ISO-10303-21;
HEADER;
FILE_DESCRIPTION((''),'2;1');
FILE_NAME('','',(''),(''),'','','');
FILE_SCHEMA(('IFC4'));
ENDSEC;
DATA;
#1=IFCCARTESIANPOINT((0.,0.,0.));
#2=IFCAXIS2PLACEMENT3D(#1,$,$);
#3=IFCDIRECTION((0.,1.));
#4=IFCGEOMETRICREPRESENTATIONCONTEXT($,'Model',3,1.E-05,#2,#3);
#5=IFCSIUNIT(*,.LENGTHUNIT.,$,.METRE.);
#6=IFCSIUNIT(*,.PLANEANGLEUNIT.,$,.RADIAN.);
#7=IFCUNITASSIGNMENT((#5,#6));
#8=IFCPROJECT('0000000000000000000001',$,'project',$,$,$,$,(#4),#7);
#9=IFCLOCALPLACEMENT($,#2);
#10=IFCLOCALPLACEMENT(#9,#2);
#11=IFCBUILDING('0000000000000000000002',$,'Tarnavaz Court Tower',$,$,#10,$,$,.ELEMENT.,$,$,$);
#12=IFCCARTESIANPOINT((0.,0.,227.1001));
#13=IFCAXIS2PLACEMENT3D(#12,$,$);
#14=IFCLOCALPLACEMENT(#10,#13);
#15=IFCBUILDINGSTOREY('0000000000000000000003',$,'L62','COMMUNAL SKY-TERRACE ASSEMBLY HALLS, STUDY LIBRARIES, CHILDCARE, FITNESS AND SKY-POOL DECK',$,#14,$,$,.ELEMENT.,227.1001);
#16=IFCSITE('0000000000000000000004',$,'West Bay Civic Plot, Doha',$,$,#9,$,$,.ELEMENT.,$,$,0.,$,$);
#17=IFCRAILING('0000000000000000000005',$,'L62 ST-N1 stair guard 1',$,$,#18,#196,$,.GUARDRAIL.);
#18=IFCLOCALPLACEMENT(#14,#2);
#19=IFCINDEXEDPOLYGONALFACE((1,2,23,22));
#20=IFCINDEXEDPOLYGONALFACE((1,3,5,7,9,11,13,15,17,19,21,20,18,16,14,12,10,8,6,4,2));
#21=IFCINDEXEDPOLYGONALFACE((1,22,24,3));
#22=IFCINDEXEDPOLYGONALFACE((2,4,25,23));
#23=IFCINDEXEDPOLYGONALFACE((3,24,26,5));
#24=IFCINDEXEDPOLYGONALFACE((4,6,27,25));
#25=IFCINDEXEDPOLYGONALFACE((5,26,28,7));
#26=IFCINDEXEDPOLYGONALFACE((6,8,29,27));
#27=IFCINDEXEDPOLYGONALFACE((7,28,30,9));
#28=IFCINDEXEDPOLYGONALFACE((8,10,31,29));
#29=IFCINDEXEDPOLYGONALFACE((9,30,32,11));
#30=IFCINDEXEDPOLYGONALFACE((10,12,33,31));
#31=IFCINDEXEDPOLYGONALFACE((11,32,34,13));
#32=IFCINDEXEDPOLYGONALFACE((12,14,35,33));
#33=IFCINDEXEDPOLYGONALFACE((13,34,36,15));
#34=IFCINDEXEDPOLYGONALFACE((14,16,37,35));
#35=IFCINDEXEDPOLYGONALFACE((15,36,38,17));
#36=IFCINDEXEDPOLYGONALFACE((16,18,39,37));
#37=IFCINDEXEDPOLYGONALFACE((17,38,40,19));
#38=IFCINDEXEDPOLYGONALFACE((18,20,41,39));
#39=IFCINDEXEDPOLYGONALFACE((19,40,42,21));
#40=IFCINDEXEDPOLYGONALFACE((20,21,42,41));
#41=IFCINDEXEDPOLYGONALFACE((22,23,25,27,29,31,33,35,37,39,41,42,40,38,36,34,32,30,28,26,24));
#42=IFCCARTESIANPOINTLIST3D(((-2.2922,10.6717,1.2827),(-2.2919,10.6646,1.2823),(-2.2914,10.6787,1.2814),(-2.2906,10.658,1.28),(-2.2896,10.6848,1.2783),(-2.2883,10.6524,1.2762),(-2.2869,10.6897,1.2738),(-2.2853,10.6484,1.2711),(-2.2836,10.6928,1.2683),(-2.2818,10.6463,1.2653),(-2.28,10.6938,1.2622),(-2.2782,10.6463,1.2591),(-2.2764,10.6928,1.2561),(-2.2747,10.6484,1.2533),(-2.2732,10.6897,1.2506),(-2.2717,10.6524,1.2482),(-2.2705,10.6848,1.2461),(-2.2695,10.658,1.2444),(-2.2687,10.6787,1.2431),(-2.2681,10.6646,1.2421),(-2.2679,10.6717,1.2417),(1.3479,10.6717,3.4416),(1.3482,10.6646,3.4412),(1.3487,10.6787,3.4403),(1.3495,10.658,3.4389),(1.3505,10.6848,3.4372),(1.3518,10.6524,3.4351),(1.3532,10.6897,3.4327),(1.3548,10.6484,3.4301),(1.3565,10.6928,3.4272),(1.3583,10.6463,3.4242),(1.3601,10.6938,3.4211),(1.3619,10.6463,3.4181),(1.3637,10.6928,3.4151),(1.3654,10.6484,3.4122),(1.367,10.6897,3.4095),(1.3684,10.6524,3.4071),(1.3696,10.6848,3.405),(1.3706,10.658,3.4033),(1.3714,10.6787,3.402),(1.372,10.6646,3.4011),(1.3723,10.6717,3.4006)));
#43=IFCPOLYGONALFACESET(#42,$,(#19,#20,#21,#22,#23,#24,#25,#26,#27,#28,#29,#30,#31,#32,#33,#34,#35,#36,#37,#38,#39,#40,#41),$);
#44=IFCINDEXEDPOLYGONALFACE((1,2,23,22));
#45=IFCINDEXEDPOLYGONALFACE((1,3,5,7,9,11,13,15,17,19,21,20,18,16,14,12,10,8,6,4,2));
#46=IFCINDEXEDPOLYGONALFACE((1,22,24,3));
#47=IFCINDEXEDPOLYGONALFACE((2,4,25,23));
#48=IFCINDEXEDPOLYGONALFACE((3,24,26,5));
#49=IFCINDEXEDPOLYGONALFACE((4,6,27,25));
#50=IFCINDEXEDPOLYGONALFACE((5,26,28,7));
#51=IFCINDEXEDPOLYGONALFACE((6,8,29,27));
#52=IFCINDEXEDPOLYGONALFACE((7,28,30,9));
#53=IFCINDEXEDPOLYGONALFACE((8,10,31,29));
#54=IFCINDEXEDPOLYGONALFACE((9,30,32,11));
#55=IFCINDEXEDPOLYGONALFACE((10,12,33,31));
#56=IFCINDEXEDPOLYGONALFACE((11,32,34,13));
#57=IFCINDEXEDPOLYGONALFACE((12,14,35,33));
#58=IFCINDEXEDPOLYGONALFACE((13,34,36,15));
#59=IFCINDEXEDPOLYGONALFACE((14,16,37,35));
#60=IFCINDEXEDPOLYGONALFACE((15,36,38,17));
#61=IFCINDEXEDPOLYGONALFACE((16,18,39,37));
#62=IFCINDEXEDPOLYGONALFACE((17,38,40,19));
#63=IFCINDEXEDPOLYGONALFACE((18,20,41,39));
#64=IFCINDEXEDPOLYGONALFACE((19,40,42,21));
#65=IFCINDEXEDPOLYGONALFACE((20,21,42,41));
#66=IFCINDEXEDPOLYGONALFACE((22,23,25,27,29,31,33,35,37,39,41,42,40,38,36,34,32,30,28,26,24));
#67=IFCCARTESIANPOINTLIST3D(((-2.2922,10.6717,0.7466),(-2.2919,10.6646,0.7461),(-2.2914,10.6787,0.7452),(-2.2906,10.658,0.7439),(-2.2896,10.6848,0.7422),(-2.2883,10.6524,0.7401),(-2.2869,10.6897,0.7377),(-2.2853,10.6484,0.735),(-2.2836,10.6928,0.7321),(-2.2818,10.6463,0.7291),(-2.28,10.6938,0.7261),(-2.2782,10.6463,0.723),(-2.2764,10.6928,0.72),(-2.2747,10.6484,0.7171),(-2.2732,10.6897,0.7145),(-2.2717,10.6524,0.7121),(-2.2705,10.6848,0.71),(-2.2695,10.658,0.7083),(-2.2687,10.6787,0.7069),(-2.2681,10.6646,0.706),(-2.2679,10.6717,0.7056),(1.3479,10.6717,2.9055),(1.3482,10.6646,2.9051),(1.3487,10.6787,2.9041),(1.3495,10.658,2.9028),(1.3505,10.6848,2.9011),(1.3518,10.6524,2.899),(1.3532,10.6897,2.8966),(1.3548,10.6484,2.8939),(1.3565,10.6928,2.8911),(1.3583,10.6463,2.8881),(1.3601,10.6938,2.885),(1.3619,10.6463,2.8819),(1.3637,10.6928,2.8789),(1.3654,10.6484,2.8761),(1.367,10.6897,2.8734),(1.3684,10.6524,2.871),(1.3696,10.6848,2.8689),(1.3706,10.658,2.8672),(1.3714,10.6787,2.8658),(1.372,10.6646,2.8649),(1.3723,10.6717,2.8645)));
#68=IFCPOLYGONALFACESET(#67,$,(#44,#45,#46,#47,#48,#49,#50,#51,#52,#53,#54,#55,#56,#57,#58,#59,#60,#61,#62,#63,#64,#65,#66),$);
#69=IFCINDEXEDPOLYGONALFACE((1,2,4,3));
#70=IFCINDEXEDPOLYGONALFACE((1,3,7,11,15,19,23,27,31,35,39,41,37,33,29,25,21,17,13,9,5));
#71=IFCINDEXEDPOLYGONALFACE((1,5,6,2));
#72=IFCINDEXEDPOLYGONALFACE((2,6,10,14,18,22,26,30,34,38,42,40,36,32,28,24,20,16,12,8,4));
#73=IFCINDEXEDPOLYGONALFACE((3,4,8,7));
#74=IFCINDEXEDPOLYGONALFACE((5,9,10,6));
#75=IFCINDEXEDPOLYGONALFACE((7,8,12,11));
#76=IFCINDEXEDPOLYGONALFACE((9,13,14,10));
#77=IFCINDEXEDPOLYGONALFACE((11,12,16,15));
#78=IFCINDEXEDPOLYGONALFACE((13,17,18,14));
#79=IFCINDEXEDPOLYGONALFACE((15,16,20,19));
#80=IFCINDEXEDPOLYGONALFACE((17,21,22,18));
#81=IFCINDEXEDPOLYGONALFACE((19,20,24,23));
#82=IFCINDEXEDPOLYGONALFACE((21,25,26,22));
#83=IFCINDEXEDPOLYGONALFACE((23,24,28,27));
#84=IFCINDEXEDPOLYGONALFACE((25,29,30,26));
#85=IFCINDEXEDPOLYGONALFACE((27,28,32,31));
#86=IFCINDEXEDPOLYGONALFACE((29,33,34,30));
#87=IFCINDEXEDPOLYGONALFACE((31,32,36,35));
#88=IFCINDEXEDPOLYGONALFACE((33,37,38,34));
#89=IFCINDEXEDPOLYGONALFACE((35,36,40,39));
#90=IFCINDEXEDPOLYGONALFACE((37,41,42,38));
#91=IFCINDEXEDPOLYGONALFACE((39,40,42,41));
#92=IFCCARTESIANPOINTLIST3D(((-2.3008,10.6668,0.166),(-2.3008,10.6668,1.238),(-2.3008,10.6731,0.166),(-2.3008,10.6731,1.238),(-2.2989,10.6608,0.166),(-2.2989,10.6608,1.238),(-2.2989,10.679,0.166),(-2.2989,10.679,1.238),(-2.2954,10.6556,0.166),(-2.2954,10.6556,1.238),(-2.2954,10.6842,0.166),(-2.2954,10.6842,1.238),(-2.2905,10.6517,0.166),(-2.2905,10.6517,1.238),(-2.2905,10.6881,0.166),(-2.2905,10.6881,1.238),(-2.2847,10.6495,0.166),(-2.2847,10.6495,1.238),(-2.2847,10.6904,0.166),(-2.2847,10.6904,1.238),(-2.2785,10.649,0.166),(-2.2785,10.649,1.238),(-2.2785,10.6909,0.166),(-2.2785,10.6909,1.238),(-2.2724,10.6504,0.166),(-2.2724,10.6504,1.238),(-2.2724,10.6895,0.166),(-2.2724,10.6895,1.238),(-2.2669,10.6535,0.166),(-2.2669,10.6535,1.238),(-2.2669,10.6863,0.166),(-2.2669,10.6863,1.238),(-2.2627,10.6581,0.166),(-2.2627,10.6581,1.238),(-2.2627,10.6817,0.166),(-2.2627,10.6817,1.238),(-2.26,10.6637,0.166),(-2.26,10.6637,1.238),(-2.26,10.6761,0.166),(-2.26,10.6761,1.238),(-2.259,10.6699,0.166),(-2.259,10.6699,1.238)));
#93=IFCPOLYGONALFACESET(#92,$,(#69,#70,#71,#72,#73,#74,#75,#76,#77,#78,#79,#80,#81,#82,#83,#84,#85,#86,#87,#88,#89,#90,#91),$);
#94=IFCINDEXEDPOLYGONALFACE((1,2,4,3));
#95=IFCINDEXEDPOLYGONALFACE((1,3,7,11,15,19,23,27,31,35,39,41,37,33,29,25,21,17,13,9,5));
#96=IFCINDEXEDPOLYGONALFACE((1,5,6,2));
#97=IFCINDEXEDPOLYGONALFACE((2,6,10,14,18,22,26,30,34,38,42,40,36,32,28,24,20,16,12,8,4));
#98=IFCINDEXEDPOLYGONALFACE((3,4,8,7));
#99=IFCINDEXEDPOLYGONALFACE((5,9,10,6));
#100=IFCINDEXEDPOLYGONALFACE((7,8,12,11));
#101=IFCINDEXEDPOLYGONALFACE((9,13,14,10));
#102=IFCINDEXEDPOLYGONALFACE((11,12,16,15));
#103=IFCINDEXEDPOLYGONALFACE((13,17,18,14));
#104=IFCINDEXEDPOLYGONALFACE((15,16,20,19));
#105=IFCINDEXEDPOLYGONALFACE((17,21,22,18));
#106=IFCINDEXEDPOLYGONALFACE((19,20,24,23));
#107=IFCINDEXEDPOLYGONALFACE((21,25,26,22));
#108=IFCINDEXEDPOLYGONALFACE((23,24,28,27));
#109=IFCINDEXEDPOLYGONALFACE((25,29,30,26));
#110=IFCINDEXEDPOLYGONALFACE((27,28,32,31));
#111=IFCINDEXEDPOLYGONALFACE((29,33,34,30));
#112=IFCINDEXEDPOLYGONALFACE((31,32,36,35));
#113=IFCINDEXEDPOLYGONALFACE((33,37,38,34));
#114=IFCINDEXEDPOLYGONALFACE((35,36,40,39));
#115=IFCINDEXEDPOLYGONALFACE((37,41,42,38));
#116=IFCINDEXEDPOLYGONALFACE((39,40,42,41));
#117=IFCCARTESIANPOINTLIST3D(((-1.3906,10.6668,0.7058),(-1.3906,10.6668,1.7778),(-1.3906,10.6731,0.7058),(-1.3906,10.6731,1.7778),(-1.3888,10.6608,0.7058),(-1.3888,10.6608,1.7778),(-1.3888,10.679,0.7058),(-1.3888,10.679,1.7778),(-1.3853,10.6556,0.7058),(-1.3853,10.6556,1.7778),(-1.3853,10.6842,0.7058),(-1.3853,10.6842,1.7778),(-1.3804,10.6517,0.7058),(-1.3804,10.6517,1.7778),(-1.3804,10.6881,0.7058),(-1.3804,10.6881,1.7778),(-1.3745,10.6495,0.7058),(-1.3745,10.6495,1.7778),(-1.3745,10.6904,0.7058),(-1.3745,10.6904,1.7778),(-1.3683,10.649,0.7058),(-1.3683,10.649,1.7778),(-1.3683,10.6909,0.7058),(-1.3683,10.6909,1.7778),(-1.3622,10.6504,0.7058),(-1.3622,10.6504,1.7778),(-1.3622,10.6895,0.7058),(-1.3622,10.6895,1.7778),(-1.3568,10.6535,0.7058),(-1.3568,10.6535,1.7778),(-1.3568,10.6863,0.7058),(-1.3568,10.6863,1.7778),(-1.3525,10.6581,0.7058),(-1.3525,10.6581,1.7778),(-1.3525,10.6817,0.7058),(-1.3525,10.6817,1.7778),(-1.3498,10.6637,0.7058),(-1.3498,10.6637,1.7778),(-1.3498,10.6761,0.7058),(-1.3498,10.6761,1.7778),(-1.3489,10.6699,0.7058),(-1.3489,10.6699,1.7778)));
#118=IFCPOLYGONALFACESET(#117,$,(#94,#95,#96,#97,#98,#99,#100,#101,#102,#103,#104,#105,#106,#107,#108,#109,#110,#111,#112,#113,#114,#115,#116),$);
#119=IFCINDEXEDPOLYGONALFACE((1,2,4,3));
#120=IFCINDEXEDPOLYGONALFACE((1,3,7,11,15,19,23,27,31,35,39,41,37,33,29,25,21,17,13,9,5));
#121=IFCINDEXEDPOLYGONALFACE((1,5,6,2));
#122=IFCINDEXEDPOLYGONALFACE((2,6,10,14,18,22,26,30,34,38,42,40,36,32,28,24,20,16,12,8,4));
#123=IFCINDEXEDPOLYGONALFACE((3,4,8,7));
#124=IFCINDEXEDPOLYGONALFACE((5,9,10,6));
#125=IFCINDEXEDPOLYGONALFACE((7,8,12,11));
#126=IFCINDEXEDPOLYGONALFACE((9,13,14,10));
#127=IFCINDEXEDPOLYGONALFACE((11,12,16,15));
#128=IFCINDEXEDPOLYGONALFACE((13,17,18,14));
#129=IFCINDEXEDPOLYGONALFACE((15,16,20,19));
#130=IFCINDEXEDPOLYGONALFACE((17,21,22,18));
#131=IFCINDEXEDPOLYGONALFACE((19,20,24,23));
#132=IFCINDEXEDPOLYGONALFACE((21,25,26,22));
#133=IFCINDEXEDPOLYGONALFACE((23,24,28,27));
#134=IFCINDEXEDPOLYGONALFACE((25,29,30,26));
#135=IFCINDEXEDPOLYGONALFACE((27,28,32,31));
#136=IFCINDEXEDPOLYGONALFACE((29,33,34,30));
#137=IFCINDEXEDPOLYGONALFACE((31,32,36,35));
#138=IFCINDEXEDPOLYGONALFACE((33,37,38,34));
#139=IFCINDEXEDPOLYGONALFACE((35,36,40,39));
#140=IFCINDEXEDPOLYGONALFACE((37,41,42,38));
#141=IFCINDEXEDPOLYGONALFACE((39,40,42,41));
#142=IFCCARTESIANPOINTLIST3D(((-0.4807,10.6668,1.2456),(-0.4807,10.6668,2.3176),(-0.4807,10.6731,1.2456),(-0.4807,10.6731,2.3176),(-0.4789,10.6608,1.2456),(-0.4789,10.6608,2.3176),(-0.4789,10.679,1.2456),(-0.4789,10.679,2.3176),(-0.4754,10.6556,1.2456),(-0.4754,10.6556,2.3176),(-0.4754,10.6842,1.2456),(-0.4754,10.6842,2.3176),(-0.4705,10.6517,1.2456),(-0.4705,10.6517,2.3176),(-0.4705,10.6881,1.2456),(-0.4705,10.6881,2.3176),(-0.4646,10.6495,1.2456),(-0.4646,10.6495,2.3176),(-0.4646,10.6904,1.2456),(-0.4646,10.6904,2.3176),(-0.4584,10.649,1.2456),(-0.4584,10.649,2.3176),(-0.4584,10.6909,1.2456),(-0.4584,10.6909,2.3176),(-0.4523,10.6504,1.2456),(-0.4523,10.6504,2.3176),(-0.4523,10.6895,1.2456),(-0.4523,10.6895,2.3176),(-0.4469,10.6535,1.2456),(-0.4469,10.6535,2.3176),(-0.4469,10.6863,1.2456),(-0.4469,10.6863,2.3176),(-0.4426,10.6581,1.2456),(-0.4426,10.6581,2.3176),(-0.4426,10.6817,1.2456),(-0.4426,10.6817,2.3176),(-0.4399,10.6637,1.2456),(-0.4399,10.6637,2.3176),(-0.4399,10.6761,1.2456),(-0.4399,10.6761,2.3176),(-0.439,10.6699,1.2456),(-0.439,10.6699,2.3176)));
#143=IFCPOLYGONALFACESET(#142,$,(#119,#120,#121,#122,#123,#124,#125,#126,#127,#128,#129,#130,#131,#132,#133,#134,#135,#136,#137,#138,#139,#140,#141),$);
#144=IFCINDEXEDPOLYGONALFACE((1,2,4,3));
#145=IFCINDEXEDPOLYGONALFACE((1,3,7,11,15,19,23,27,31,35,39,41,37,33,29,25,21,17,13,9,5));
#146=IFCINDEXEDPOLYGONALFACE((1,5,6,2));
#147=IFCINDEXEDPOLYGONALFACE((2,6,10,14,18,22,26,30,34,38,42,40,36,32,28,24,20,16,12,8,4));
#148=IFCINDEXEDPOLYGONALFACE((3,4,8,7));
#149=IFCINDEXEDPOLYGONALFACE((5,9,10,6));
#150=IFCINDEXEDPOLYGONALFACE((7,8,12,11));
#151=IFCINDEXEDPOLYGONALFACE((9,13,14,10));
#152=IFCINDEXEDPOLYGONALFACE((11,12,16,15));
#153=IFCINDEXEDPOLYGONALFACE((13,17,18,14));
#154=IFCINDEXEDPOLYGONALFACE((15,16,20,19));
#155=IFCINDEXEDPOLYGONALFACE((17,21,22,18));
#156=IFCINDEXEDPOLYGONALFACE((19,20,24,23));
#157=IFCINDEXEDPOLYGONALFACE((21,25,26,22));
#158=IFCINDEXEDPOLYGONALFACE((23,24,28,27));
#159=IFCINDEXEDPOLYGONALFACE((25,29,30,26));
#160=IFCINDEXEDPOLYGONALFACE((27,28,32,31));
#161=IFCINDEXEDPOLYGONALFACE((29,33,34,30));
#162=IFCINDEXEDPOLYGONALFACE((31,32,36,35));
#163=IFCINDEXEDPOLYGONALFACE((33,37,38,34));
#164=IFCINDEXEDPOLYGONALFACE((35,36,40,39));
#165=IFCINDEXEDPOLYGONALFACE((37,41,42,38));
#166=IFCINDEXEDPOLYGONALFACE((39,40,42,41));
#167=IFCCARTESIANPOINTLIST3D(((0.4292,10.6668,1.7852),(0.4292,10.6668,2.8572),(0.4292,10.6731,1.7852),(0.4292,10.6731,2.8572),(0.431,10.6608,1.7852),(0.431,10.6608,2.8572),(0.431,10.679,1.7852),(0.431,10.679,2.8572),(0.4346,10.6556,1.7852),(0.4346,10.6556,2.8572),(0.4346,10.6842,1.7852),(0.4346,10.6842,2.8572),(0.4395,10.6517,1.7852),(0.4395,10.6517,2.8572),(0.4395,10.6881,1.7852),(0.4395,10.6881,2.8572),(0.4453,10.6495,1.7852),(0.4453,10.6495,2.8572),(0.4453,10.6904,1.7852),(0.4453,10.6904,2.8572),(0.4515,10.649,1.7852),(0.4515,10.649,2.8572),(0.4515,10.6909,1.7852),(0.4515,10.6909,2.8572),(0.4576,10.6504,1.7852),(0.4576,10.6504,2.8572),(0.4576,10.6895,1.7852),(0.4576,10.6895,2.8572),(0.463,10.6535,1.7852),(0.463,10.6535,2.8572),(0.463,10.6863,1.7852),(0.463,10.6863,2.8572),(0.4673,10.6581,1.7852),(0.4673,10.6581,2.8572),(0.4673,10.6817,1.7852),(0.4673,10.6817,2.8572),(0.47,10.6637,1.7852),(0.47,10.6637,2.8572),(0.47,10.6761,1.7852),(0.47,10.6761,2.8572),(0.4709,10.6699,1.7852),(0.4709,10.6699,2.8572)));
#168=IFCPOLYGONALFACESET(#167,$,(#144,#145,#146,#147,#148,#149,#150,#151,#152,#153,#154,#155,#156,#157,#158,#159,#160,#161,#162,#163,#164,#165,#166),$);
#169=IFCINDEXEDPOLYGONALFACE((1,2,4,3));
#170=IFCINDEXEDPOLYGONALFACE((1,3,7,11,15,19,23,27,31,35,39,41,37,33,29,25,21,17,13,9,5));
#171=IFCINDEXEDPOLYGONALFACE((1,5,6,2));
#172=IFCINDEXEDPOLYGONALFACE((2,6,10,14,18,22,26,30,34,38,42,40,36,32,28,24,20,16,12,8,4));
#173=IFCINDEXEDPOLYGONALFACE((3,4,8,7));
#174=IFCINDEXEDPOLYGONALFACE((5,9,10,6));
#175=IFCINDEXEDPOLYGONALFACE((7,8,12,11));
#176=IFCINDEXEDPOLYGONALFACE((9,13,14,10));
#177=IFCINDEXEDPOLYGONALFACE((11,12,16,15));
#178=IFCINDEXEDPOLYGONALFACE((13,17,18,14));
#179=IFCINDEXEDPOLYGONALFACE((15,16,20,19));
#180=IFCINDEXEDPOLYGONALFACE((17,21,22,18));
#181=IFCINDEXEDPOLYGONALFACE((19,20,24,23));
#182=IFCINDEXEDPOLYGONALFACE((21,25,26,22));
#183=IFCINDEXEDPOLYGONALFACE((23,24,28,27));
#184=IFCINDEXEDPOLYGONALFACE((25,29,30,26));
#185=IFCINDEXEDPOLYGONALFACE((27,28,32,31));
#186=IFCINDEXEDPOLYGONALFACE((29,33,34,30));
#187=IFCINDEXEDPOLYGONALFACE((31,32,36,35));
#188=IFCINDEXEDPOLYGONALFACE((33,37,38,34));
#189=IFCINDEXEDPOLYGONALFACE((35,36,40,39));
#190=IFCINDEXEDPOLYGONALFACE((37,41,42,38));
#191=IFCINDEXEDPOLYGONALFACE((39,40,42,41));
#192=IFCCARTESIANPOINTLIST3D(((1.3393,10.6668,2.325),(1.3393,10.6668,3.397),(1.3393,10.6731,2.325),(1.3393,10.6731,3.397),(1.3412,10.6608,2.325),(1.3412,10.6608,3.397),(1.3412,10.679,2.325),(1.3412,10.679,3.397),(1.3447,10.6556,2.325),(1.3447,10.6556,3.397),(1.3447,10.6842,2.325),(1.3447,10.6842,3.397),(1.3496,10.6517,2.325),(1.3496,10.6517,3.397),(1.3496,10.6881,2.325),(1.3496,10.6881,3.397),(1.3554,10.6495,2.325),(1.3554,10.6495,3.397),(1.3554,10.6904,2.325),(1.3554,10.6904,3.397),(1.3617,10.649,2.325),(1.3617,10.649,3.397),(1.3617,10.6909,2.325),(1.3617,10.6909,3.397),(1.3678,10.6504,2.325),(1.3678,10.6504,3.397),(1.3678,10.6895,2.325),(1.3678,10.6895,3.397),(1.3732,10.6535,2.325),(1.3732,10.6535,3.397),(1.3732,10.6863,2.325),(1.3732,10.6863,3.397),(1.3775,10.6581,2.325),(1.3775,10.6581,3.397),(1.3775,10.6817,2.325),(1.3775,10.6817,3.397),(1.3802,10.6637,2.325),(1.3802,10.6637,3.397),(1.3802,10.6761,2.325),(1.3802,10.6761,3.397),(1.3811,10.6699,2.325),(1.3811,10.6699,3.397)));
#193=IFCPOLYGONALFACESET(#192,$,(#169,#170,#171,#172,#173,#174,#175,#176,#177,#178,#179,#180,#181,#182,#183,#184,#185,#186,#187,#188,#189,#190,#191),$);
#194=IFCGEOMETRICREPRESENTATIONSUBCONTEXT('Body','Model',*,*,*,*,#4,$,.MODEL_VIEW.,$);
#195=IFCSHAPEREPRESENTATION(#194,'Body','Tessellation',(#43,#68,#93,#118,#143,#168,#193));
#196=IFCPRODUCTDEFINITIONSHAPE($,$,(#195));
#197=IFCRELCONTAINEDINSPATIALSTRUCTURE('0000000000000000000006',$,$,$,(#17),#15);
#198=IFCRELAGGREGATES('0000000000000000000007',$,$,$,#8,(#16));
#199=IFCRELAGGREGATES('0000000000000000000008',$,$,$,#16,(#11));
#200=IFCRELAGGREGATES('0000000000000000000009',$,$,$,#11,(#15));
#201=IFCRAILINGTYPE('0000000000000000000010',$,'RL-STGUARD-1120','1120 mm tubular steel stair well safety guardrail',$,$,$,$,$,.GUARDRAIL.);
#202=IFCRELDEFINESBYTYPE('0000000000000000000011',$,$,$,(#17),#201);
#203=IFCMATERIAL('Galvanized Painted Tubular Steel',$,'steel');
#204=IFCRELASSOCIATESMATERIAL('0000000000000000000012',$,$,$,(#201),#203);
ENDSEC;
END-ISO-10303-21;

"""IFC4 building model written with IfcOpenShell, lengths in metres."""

from ifc_helpers import new_model, si_unit, direction, frame, origin, origin_2d, place, context, subcontext, project, spatial, circle, extrude, material, type_object, element, save


model = new_model("IFC4")

# Units and contexts
model_context = context("Model", 3, precision=1e-05, world=origin(), true_north=direction((0.0, 1.0)))
body_context = subcontext(model_context, "Body", "Model", "MODEL_VIEW")
ifc_project = project(units=[si_unit("LENGTHUNIT", "METRE"), si_unit("PLANEANGLEUNIT", "RADIAN")], contexts=[model_context])

# Site, building, storey
site_placement = place(None, origin())
site = spatial("IfcSite", under=ifc_project, at=site_placement, Name="West Bay Civic Plot, Doha", CompositionType="ELEMENT", RefElevation=0.0)
building_placement = place(site_placement, origin())
building = spatial("IfcBuilding", under=site, at=building_placement, Name="Tarnavaz Court Tower", CompositionType="ELEMENT")
storey_placement = place(building_placement, frame((0.0, 0.0, 227.1001)))
storey = spatial("IfcBuildingStorey", under=building, at=storey_placement, Name="L62", Description="COMMUNAL SKY-TERRACE ASSEMBLY HALLS, STUDY LIBRARIES, CHILDCARE, FITNESS AND SKY-POOL DECK", CompositionType="ELEMENT", Elevation=227.1001)

# Railing
ifc_material_1 = material(Name="Galvanized Painted Tubular Steel", Category="steel")
railing_type_1 = type_object("IfcRailingType", Name="RL-STGUARD-1120", Description="1120 mm tubular steel stair well safety guardrail", PredefinedType="GUARDRAIL", material=ifc_material_1)
railing_1_placement = place(storey_placement, frame((-2.28, 10.6699, 0.166)))
element("IfcRailing", 1, at=railing_1_placement, inside=storey, type_object=railing_type_1, Name="L62 ST-N1 stair guard 1", PredefinedType="GUARDRAIL", context=body_context, shape_type="SweptSolid", body=[
    extrude(circle(Radius=0.0239, at=origin_2d()), frame((0.0, 0.0, 1.0962), z_axis=(0.860103, 0.0, 0.51012), x_axis=(0.0, 1.0, 0.0)), (0.0, 0.0, 1.0), 4.2322),
    extrude(circle(Radius=0.0239, at=origin_2d()), frame((0.0, 0.0, 0.5601), z_axis=(0.860103, 0.0, 0.51012), x_axis=(0.0, 1.0, 0.0)), (0.0, 0.0, 1.0), 4.2322),
    extrude(circle(Radius=0.021, at=origin_2d()), origin(), (0.0, 0.0, 1.0), 1.072),
    extrude(circle(Radius=0.021, at=origin_2d()), frame((0.9102, 0.0, 0.5398)), (0.0, 0.0, 1.0), 1.072),
    extrude(circle(Radius=0.021, at=origin_2d()), frame((1.8201, 0.0, 1.0796)), (0.0, 0.0, 1.0), 1.072),
    extrude(circle(Radius=0.021, at=origin_2d()), frame((2.73, 0.0, 1.6191)), (0.0, 0.0, 1.0), 1.072),
    extrude(circle(Radius=0.021, at=origin_2d()), frame((3.6401, 0.0, 2.1589)), (0.0, 0.0, 1.0), 1.072),
])

save(model, "model.ifc")
